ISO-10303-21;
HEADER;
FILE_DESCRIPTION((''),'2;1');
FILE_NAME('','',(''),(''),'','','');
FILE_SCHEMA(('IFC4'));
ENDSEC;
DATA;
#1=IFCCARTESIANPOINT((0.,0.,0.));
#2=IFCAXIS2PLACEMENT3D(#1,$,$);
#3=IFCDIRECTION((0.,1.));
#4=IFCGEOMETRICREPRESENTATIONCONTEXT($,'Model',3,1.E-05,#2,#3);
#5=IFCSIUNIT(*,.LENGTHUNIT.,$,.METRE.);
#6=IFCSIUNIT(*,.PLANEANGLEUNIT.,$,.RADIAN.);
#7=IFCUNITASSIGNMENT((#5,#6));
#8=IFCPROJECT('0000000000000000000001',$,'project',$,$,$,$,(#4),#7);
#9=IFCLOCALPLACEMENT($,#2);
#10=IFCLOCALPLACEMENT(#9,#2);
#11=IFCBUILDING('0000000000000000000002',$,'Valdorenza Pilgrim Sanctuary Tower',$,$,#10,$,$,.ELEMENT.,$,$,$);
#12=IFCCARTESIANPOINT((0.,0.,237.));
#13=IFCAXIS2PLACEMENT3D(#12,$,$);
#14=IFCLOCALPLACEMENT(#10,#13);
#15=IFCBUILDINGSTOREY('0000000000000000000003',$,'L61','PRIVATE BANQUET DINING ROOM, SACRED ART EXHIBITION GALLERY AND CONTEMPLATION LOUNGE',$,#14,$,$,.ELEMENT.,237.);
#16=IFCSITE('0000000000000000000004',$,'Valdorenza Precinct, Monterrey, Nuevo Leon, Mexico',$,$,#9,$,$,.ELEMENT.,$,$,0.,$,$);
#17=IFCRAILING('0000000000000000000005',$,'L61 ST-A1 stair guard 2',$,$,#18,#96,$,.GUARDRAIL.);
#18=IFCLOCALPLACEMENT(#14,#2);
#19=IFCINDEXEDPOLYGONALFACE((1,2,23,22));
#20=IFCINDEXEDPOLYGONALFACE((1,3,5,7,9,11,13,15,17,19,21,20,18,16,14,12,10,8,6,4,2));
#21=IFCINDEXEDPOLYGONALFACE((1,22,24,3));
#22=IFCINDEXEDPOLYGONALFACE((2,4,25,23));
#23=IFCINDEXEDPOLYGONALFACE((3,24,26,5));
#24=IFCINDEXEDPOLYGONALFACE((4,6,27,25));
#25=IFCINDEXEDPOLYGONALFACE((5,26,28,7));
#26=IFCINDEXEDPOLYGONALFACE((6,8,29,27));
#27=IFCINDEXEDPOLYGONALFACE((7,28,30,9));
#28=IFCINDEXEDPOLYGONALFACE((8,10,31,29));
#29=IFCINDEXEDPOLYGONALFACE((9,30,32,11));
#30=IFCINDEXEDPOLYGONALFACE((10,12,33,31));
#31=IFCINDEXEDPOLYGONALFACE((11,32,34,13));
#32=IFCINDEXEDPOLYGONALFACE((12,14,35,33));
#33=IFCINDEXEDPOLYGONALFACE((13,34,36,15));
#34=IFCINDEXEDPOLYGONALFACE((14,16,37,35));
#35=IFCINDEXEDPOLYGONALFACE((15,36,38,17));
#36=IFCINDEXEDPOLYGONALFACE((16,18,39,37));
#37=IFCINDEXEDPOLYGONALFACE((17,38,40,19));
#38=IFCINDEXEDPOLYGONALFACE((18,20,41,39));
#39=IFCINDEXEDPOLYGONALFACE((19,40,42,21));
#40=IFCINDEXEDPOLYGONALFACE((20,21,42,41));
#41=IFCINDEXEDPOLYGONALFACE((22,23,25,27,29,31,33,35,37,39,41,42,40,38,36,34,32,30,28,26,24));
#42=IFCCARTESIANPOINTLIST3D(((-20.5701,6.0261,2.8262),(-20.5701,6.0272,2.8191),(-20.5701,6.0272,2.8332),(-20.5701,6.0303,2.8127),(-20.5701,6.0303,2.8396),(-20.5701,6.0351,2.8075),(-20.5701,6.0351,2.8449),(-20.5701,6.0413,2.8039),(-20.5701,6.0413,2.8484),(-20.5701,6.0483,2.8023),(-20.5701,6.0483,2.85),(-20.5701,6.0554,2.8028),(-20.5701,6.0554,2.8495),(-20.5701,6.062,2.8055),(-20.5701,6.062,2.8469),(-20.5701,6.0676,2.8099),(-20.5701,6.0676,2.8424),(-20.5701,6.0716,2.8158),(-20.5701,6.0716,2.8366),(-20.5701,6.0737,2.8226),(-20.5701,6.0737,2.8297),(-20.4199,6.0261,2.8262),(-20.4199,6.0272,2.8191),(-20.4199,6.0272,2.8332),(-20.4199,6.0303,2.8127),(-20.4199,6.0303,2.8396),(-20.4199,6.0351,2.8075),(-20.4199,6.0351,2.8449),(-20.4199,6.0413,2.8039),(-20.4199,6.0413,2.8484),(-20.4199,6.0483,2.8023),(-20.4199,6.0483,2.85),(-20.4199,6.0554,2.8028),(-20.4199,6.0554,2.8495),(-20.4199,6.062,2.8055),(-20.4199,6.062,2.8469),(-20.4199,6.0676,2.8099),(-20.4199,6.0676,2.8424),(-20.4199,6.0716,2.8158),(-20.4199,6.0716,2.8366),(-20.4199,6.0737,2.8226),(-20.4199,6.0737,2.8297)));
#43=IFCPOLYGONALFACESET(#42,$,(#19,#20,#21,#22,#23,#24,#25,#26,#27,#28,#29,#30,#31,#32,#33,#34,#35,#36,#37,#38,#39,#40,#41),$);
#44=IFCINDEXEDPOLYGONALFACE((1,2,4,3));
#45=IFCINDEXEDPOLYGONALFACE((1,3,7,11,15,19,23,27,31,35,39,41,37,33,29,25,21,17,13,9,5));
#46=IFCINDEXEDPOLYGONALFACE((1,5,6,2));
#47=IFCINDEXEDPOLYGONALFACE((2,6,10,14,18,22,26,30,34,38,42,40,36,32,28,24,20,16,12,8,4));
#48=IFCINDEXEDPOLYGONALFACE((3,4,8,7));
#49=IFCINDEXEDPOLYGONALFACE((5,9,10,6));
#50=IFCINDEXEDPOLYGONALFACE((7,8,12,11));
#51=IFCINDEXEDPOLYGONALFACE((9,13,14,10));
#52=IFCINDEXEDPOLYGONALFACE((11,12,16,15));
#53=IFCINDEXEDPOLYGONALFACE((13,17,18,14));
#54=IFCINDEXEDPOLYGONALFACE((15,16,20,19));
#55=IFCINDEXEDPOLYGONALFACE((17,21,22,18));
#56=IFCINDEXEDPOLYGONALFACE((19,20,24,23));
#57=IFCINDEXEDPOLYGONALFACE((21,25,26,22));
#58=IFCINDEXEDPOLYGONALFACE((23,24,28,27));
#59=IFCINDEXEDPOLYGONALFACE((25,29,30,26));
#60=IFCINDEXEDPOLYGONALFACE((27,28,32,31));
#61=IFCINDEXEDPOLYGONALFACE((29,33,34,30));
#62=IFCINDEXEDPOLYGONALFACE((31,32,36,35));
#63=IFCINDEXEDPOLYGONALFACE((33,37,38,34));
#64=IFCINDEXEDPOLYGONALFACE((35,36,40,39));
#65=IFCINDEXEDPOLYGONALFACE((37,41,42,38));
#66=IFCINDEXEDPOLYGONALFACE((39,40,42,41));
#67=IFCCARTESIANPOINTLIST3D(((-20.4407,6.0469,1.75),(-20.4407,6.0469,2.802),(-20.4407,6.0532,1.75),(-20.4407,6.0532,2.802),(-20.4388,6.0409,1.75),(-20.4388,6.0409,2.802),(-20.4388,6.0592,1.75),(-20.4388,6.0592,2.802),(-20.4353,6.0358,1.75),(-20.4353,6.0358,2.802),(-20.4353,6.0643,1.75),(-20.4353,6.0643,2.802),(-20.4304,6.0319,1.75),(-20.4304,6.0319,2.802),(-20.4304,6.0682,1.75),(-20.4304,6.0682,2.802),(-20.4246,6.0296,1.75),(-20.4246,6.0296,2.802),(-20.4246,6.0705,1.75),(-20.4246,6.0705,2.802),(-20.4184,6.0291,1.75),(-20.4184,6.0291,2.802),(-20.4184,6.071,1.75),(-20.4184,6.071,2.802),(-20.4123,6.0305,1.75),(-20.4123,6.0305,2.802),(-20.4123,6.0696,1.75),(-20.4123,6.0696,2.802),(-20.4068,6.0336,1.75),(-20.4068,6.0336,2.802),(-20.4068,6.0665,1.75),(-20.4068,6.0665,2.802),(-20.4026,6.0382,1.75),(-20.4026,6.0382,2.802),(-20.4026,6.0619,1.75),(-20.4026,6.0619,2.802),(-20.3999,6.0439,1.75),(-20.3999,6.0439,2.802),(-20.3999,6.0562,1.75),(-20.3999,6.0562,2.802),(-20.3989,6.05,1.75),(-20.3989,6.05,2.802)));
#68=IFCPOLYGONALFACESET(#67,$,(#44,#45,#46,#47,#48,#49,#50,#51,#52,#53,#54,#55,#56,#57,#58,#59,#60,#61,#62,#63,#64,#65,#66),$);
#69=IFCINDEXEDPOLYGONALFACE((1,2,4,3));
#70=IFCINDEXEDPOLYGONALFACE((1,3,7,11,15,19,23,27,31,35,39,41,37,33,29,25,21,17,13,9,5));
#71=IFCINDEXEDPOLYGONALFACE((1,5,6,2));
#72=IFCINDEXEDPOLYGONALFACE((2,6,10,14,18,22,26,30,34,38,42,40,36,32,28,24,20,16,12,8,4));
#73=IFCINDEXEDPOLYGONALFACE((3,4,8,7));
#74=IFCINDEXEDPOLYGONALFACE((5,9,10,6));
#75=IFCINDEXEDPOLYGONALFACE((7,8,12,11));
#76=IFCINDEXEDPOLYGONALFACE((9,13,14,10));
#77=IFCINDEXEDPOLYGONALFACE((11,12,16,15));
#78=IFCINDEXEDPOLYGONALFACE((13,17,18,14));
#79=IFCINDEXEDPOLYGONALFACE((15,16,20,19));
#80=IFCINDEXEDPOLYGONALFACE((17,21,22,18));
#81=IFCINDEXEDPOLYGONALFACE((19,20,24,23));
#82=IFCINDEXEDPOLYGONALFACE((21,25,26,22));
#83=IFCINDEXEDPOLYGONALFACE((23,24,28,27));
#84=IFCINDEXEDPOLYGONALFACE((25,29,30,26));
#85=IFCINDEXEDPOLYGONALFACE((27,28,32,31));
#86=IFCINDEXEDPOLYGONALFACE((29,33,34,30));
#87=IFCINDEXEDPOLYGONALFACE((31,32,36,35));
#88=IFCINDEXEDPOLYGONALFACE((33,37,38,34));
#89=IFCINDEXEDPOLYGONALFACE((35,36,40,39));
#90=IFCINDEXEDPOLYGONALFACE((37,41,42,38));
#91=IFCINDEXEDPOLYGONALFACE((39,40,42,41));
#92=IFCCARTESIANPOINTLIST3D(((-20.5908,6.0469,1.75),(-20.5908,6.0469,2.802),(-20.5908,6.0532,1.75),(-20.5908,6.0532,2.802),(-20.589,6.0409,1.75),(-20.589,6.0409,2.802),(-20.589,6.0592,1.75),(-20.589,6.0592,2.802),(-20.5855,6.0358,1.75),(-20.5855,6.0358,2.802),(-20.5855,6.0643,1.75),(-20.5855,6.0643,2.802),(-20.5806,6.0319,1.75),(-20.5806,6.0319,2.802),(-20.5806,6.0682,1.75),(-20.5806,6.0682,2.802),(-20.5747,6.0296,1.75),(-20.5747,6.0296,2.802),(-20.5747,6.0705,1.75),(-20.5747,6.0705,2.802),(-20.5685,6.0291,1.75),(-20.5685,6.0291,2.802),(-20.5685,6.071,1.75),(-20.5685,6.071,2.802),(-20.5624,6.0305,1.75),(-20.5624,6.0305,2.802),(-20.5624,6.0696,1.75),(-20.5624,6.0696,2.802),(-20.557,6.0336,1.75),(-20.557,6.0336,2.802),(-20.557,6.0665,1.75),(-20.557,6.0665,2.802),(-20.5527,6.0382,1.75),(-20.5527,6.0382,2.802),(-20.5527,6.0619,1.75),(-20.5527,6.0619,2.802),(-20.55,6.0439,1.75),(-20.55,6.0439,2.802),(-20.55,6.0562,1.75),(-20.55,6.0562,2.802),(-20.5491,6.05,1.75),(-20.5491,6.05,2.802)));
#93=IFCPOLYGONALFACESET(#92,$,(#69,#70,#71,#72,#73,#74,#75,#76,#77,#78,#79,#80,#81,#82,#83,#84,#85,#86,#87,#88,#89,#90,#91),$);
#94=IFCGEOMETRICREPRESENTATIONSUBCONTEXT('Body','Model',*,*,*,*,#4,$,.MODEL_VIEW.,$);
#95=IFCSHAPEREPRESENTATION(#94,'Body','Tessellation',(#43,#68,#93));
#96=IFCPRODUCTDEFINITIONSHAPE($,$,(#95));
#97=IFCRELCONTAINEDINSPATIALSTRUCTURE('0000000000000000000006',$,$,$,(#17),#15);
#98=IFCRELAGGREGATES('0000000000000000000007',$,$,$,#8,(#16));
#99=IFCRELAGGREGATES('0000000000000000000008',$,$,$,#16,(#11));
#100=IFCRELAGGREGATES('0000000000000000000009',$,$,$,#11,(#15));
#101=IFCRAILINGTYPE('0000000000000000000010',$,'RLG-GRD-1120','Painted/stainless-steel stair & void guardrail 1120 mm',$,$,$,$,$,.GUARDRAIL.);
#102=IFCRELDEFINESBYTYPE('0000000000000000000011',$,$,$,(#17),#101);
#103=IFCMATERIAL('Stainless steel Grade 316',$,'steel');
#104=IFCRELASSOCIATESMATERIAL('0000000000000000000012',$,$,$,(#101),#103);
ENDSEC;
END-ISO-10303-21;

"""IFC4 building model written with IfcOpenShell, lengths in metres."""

from ifc_helpers import new_model, si_unit, direction, frame, origin, origin_2d, place, context, subcontext, project, spatial, circle, extrude, material, type_object, element, save


model = new_model("IFC4")

# Units and contexts
model_context = context("Model", 3, precision=1e-05, world=origin(), true_north=direction((0.0, 1.0)))
body_context = subcontext(model_context, "Body", "Model", "MODEL_VIEW")
ifc_project = project(units=[si_unit("LENGTHUNIT", "METRE"), si_unit("PLANEANGLEUNIT", "RADIAN")], contexts=[model_context])

# Site, building, storey
site_placement = place(None, origin())
site = spatial("IfcSite", under=ifc_project, at=site_placement, Name="Valdorenza Precinct, Monterrey, Nuevo Leon, Mexico", CompositionType="ELEMENT", RefElevation=0.0)
building_placement = place(site_placement, origin())
building = spatial("IfcBuilding", under=site, at=building_placement, Name="Valdorenza Pilgrim Sanctuary Tower", CompositionType="ELEMENT")
storey_placement = place(building_placement, frame((0.0, 0.0, 237.0)))
storey = spatial("IfcBuildingStorey", under=building, at=storey_placement, Name="L61", Description="PRIVATE BANQUET DINING ROOM, SACRED ART EXHIBITION GALLERY AND CONTEMPLATION LOUNGE", CompositionType="ELEMENT", Elevation=237.0)

# Railing
ifc_material_1 = material(Name="Stainless steel Grade 316", Category="steel")
railing_type_1 = type_object("IfcRailingType", Name="RLG-GRD-1120", Description="Painted/stainless-steel stair & void guardrail 1120 mm", PredefinedType="GUARDRAIL", material=ifc_material_1)
railing_1_placement = place(storey_placement, frame((-20.4199, 6.05, 1.75)))
element("IfcRailing", 1, at=railing_1_placement, inside=storey, type_object=railing_type_1, Name="L61 ST-A1 stair guard 2", PredefinedType="GUARDRAIL", context=body_context, shape_type="SweptSolid", body=[
    extrude(circle(Radius=0.0239, at=origin_2d()), frame((0.0, 0.0, 1.0762), z_axis=(-1.0, 0.0, 0.0), x_axis=(0.0, -1.0, 0.0)), (0.0, 0.0, 1.0), 0.1501),
    extrude(circle(Radius=0.021, at=origin_2d()), origin(), (0.0, 0.0, 1.0), 1.052),
    extrude(circle(Radius=0.021, at=origin_2d()), frame((-0.1501, 0.0, 0.0)), (0.0, 0.0, 1.0), 1.052),
])

save(model, "model.ifc")
